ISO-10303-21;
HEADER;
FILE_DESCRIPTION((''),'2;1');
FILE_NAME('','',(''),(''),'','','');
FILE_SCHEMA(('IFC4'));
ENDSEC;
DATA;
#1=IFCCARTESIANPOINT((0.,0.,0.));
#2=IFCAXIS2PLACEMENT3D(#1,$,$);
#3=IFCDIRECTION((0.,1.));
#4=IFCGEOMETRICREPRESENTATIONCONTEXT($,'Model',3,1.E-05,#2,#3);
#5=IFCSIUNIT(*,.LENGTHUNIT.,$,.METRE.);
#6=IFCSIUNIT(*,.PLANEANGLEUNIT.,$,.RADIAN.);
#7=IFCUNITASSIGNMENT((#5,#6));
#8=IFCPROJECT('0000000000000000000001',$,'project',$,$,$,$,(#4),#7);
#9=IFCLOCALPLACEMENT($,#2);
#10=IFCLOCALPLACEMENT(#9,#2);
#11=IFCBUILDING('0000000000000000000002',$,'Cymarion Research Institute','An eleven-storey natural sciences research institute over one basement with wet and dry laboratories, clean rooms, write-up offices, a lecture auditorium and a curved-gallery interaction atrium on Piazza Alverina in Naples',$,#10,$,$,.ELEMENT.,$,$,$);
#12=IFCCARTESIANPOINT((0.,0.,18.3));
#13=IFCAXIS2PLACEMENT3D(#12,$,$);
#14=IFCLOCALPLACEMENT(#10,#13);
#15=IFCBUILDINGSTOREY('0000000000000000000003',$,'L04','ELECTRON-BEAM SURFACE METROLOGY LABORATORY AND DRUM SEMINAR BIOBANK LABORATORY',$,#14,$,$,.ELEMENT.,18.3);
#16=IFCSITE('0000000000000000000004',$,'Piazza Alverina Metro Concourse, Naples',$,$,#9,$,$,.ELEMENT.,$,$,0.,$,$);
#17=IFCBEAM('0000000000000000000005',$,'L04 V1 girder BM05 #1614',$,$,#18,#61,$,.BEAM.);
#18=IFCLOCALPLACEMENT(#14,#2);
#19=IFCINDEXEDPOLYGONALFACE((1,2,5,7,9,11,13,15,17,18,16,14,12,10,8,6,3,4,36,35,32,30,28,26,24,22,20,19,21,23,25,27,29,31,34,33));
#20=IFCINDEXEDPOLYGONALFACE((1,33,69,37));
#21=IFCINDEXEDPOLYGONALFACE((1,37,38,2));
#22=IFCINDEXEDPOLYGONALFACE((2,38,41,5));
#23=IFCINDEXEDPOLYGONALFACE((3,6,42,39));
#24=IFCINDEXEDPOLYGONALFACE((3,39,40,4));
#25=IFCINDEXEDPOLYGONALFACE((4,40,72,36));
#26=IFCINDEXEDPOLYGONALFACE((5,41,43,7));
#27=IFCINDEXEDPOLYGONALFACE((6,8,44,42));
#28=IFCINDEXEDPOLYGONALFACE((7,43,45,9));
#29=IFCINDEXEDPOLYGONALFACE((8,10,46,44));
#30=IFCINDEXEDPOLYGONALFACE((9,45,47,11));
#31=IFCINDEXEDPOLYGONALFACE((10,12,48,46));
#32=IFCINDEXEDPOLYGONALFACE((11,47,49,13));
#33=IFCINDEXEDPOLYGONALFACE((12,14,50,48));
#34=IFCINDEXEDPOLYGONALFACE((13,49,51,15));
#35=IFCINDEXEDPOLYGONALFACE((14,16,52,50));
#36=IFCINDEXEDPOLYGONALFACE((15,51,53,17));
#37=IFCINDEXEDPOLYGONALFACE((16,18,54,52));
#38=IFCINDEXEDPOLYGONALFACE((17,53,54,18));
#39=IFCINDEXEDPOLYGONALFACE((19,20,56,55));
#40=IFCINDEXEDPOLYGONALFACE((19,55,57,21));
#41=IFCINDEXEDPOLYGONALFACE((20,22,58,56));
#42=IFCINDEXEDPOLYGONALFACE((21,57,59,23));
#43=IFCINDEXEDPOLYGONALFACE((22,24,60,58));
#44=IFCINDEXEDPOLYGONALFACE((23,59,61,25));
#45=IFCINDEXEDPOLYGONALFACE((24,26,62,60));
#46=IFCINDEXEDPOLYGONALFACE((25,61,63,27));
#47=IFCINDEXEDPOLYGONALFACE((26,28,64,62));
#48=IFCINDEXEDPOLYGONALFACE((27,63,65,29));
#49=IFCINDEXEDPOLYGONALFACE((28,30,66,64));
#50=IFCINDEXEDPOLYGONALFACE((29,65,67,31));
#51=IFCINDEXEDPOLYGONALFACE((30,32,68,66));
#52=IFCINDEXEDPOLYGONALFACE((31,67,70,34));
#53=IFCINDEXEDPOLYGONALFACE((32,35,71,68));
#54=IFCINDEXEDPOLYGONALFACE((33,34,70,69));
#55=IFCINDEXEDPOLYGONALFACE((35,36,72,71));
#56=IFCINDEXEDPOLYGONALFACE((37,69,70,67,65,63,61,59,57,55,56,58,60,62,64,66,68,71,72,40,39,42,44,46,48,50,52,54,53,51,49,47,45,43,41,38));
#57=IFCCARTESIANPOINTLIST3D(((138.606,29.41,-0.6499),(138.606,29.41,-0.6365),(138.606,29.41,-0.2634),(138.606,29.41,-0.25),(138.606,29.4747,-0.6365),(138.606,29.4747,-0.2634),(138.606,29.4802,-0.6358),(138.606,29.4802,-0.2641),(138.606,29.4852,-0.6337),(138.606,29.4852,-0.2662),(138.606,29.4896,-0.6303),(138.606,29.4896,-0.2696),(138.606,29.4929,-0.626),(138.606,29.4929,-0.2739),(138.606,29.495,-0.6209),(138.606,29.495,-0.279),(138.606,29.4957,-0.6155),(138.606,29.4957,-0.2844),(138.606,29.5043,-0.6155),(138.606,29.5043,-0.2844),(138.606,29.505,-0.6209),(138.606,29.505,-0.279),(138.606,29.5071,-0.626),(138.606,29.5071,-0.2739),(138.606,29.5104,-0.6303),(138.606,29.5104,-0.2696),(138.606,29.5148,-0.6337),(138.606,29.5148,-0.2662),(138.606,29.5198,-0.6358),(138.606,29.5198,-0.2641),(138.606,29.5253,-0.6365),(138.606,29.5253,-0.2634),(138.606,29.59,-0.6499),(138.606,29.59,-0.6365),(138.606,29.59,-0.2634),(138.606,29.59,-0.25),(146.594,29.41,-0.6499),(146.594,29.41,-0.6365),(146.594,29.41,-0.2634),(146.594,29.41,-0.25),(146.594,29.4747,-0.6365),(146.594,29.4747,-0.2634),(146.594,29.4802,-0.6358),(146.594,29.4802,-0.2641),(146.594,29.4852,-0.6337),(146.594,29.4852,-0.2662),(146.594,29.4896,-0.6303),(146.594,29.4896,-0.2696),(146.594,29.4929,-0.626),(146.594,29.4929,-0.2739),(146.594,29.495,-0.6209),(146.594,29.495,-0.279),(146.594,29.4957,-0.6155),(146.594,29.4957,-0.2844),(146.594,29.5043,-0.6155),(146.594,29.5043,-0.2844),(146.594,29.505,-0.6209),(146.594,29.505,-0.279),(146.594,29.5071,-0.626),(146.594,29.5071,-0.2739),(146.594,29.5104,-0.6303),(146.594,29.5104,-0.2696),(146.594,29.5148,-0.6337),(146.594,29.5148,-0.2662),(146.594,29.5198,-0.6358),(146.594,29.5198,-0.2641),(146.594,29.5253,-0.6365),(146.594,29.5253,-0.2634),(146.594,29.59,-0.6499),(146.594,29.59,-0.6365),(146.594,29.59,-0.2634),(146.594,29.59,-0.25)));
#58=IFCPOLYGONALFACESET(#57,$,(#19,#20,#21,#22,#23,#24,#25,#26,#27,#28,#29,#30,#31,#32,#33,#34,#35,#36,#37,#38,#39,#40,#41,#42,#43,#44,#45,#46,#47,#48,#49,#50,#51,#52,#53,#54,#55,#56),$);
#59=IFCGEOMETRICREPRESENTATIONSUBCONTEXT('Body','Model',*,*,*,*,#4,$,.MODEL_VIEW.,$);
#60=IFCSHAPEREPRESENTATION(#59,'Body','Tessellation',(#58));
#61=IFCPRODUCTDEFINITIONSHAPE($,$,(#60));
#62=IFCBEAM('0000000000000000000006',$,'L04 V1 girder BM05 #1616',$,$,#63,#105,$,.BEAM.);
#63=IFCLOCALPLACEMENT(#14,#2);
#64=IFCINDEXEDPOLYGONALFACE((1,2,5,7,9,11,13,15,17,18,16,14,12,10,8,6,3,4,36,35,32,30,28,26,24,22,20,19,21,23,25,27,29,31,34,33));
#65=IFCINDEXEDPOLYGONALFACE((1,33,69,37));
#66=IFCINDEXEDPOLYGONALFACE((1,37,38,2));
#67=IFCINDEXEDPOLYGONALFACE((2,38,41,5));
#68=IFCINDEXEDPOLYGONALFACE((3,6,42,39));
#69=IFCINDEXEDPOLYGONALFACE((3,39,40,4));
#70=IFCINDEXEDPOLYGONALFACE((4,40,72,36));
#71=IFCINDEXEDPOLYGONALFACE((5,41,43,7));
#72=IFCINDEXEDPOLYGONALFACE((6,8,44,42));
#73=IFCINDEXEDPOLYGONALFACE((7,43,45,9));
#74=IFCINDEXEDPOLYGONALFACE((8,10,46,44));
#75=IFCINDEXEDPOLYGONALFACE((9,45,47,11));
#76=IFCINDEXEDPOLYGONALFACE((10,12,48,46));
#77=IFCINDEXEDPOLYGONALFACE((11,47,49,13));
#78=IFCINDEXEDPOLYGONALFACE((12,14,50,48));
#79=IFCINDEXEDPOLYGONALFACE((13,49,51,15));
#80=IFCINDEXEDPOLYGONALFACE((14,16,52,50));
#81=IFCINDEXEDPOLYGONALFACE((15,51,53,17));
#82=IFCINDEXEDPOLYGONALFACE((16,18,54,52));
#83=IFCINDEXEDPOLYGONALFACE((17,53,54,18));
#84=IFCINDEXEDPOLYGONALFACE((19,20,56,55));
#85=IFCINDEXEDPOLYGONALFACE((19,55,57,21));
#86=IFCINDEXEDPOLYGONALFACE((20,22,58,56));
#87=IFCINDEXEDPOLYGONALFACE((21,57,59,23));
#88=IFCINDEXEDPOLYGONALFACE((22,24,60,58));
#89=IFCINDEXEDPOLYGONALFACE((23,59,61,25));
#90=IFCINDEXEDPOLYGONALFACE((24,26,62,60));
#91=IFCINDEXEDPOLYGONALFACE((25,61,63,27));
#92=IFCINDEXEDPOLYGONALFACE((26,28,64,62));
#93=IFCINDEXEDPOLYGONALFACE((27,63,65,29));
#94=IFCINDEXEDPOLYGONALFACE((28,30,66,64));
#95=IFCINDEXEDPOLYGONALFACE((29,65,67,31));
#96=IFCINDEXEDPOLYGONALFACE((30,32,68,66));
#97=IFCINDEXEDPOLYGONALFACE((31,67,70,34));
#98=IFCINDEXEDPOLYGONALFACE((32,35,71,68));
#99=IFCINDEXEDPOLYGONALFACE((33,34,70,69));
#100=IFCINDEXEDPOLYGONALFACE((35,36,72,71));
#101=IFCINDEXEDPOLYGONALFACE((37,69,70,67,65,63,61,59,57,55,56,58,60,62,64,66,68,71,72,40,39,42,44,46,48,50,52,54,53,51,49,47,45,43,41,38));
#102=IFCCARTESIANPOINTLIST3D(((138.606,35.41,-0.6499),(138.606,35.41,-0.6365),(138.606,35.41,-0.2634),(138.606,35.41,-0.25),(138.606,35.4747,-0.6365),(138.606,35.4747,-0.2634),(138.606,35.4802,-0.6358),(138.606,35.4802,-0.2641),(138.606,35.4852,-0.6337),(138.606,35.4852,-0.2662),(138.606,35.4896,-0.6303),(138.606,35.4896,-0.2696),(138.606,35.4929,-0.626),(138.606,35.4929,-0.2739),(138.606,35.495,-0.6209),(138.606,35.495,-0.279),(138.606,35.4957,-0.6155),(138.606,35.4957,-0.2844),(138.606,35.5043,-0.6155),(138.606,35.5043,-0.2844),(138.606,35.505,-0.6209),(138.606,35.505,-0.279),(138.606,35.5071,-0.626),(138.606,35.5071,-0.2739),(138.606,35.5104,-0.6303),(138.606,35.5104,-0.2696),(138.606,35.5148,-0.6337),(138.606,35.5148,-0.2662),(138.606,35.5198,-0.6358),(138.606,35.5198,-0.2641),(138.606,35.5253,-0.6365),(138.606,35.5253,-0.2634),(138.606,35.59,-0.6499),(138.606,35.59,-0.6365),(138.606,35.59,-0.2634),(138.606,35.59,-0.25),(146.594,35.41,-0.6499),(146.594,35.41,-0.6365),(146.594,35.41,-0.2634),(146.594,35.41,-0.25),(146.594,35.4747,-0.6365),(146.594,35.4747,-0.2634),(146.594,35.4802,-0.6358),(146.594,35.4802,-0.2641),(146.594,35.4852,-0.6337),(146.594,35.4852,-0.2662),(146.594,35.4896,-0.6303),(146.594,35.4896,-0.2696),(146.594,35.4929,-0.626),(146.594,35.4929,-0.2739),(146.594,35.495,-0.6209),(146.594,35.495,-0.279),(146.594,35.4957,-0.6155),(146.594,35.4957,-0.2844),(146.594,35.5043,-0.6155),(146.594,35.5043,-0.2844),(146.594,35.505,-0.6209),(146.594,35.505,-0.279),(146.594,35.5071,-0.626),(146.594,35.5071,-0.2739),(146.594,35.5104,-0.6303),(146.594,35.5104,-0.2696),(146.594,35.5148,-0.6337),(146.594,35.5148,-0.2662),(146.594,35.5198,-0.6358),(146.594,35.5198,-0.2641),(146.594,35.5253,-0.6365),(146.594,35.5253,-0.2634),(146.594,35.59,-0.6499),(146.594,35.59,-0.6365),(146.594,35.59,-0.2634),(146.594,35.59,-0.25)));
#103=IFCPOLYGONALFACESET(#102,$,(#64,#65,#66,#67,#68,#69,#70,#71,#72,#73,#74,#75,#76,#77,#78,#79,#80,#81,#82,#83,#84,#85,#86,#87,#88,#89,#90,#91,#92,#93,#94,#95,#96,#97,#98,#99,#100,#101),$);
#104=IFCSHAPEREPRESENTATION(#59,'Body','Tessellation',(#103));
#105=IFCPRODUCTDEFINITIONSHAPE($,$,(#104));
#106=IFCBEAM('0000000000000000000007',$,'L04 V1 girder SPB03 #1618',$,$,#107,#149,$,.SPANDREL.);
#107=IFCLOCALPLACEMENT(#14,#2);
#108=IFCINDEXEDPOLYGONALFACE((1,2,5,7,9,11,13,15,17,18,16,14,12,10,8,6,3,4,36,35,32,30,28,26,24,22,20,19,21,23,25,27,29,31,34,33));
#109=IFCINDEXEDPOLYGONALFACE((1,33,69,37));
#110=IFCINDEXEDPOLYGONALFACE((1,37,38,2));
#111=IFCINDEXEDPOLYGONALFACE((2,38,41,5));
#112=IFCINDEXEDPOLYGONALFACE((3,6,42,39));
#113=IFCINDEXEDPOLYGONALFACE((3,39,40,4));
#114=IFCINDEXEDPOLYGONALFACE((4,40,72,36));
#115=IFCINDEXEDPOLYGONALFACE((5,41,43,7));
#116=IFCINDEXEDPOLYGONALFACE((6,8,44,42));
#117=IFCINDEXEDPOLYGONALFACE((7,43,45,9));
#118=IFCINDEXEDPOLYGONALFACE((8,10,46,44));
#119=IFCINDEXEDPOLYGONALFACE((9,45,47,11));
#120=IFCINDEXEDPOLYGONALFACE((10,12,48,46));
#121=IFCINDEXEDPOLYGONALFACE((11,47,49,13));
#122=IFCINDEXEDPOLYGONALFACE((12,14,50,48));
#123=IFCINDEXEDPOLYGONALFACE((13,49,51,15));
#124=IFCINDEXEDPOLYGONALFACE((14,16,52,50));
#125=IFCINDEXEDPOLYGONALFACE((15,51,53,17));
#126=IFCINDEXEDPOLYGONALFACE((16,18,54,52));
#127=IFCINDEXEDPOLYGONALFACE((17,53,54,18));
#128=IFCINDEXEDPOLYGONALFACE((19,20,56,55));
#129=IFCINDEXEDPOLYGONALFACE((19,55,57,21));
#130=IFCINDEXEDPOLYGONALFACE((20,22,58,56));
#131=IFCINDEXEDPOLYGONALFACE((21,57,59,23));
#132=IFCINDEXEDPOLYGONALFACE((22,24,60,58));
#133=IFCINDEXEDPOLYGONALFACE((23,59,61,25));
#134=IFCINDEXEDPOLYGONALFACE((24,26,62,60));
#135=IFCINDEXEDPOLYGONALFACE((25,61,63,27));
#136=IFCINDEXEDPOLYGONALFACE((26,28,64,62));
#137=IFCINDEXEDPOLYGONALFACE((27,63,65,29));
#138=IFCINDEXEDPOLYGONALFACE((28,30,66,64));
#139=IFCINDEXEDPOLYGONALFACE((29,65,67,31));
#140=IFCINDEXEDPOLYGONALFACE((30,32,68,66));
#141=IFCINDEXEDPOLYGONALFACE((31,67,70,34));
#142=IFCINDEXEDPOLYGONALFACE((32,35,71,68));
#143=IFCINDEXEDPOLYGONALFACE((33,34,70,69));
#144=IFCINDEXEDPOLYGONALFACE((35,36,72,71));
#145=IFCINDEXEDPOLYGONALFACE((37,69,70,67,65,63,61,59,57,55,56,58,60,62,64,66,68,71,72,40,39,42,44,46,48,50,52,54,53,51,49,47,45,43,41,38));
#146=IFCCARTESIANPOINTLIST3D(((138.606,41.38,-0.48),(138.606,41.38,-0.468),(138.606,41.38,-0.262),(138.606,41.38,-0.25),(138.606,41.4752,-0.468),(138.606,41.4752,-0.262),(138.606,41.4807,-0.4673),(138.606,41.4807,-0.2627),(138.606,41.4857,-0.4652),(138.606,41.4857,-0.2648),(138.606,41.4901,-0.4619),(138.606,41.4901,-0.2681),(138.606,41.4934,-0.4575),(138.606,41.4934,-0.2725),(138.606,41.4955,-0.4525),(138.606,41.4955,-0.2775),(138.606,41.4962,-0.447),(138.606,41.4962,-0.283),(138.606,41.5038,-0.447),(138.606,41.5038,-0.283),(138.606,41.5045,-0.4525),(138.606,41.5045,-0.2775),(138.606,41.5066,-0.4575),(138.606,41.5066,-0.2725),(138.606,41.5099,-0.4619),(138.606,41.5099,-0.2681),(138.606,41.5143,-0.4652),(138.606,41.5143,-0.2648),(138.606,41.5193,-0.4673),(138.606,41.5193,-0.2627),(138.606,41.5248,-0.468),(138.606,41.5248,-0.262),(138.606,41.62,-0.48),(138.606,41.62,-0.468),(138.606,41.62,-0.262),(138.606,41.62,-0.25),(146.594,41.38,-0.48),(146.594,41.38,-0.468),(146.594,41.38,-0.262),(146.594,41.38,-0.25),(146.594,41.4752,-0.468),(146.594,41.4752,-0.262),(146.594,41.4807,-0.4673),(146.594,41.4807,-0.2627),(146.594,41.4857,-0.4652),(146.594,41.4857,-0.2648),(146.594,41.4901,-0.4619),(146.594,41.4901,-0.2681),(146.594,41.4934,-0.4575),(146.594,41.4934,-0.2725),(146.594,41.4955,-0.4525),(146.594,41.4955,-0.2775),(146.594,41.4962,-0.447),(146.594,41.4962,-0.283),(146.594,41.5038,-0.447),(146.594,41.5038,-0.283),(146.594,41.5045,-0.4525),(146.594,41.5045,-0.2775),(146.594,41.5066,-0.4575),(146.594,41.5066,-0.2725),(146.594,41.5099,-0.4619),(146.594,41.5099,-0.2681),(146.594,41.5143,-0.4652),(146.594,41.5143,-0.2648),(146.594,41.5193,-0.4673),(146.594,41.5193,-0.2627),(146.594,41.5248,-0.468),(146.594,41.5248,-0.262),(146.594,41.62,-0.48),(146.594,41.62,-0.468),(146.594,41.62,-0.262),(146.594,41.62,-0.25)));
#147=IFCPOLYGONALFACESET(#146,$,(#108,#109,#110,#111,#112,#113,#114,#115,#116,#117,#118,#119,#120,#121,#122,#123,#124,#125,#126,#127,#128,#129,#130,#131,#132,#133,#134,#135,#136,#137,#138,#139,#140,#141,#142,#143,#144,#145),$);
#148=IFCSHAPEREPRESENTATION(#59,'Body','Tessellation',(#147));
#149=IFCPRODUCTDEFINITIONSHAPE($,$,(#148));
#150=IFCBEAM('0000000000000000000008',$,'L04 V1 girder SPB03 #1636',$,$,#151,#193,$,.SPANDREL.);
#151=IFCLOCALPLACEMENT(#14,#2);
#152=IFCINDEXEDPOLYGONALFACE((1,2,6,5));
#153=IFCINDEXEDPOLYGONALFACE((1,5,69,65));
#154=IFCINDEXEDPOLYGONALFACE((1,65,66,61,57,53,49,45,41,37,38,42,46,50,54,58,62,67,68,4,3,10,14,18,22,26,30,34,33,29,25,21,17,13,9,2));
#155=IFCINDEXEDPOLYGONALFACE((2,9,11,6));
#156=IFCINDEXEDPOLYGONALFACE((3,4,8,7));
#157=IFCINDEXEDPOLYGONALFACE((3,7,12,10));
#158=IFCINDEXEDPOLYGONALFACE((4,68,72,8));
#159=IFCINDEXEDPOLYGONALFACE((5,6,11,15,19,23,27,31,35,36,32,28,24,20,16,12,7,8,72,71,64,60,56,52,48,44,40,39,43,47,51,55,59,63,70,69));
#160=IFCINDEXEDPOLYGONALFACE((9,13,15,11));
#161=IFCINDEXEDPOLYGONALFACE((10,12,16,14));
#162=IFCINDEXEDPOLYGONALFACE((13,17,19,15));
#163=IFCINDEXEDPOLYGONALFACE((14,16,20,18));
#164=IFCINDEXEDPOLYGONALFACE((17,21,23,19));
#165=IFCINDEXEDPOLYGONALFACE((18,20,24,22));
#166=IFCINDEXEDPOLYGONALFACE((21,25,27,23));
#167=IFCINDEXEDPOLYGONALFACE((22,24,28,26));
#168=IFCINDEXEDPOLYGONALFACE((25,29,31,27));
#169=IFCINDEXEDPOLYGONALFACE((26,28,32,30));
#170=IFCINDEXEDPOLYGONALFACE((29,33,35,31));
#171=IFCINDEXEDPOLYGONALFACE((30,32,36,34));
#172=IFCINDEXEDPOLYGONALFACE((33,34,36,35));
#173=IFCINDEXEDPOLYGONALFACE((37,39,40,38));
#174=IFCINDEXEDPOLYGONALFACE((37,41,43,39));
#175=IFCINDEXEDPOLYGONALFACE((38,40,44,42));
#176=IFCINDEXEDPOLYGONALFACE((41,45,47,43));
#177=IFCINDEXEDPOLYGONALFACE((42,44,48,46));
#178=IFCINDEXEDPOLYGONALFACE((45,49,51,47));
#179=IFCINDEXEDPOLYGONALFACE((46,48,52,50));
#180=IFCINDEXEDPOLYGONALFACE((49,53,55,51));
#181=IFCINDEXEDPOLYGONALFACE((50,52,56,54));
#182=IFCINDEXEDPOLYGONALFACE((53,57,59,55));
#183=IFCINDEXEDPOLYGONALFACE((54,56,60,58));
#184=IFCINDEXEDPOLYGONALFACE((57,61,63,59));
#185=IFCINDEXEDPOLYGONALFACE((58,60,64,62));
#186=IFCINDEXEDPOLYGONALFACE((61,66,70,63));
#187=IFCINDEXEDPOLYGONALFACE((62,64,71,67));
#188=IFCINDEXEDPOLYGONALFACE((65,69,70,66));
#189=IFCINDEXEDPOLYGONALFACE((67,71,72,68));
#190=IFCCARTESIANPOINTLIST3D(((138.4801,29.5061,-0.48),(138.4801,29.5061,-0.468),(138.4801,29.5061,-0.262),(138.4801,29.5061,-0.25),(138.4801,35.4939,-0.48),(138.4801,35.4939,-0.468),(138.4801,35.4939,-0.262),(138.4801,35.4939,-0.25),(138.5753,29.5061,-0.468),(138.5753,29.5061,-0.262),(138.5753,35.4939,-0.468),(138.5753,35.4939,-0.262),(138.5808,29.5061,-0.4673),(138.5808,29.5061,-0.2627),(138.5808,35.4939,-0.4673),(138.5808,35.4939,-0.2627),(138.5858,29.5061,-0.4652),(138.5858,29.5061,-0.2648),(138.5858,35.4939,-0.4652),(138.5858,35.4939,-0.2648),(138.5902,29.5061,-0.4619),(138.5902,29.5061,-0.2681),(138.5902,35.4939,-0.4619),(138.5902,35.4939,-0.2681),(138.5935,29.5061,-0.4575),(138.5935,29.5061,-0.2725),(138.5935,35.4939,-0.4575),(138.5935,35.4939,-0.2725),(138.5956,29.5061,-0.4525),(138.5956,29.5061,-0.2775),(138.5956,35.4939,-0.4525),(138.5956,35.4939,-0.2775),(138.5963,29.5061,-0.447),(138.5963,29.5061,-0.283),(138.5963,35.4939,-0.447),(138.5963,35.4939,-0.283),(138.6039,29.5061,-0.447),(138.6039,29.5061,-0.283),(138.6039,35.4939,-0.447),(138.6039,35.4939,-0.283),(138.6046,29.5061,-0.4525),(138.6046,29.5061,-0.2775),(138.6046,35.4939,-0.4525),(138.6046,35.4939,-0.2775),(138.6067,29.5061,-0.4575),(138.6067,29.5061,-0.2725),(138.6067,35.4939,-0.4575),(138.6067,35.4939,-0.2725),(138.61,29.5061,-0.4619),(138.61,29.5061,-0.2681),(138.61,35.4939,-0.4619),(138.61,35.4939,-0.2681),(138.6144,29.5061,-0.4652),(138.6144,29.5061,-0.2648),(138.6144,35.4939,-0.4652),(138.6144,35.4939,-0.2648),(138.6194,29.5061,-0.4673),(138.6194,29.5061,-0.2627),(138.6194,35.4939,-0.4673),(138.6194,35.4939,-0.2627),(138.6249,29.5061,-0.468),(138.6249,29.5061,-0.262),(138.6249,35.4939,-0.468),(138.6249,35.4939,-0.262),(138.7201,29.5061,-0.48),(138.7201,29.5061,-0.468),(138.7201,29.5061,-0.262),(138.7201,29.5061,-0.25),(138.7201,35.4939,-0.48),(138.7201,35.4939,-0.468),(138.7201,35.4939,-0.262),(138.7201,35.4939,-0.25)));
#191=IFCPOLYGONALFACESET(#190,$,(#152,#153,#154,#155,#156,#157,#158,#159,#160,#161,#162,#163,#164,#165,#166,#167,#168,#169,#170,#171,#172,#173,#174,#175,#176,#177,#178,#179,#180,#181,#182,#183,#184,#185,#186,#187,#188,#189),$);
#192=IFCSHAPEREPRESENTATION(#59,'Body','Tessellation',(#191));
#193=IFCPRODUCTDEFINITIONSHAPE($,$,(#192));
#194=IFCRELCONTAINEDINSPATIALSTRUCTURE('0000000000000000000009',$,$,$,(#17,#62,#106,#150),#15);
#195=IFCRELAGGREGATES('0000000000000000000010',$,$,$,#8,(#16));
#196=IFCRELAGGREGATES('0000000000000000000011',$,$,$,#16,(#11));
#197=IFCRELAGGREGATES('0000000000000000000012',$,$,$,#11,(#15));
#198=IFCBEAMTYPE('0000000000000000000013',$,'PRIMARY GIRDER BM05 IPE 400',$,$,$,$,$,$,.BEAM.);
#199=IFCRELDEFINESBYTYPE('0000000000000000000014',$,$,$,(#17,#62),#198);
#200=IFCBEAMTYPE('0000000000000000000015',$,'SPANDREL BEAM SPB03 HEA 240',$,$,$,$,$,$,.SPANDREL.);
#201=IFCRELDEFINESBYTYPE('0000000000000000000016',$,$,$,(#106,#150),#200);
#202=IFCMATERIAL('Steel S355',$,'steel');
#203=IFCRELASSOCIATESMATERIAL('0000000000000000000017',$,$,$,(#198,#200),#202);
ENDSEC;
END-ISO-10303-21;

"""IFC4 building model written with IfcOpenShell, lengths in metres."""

from ifc_helpers import new_model, si_unit, direction, frame, origin, origin_2d, place, context, subcontext, project, spatial, i_section, extrude, material, material_profile, profile_set, type_object, element, save


model = new_model("IFC4")

# Units and contexts
model_context = context("Model", 3, precision=1e-05, world=origin(), true_north=direction((0.0, 1.0)))
body_context = subcontext(model_context, "Body", "Model", "MODEL_VIEW")
ifc_project = project(units=[si_unit("LENGTHUNIT", "METRE"), si_unit("PLANEANGLEUNIT", "RADIAN")], contexts=[model_context])

# Site, building, storey
site_placement = place(None, origin())
site = spatial("IfcSite", under=ifc_project, at=site_placement, Name="Piazza Alverina Metro Concourse, Naples", CompositionType="ELEMENT", RefElevation=0.0)
building_placement = place(site_placement, origin())
building = spatial("IfcBuilding", under=site, at=building_placement, Name="Cymarion Research Institute", Description="An eleven-storey natural sciences research institute over one basement with wet and dry laboratories, clean rooms, write-up offices, a lecture auditorium and a curved-gallery interaction atrium on Piazza Alverina in Naples", CompositionType="ELEMENT")
storey_placement = place(building_placement, frame((0.0, 0.0, 18.3)))
storey = spatial("IfcBuildingStorey", under=building, at=storey_placement, Name="L04", Description="ELECTRON-BEAM SURFACE METROLOGY LABORATORY AND DRUM SEMINAR BIOBANK LABORATORY", CompositionType="ELEMENT", Elevation=18.3)

# Shared definitions
ifc_material = material(Name="Steel S355", Category="steel")

# Beams
ifc_material_profile_1 = material_profile(ifc_material, i_section(OverallWidth=0.1799, OverallDepth=0.3999, WebThickness=0.0085, FlangeThickness=0.0134, FilletRadius=0.021, at=origin_2d()), Name="IPE 400")
ifc_profile_set_1 = profile_set([ifc_material_profile_1], Name="Steel S355")
beam_type_1 = type_object("IfcBeamType", Name="PRIMARY GIRDER BM05 IPE 400", PredefinedType="BEAM", material=ifc_profile_set_1)
for number, where, z_axis, x_axis, name in (
    (1, (138.606, 29.5, -0.45), (1.0, 0.0, 0.0), (0.0, 1.0, 0.0), "L04 V1 girder BM05 #1614"),
    (2, (138.606, 35.5, -0.45), (1.0, 0.0, 0.0), (0.0, 1.0, 0.0), "L04 V1 girder BM05 #1616"),
):
    element("IfcBeam", number, at=place(storey_placement, frame(where, z_axis=z_axis, x_axis=x_axis)), inside=storey, type_object=beam_type_1, Name=name, PredefinedType="BEAM", context=body_context, shape_type="SweptSolid", body=[
        extrude(i_section(OverallWidth=0.1799, OverallDepth=0.3999, WebThickness=0.0085, FlangeThickness=0.0134, FilletRadius=0.021, at=origin_2d()), origin(), (0.0, 0.0, 1.0), 7.988),
    ])
ifc_material_profile_2 = material_profile(ifc_material, i_section(OverallWidth=0.24, OverallDepth=0.23, WebThickness=0.0076, FlangeThickness=0.012, FilletRadius=0.021, at=origin_2d()), Name="HEA 240")
ifc_profile_set_2 = profile_set([ifc_material_profile_2], Name="Steel S355")
beam_type_2 = type_object("IfcBeamType", Name="SPANDREL BEAM SPB03 HEA 240", PredefinedType="SPANDREL", material=ifc_profile_set_2)
beam_placement = place(storey_placement, frame((138.606, 41.5, -0.365), z_axis=(1.0, 0.0, 0.0), x_axis=(0.0, 1.0, 0.0)))
element("IfcBeam", 3, at=beam_placement, inside=storey, type_object=beam_type_2, Name="L04 V1 girder SPB03 #1618", PredefinedType="SPANDREL", context=body_context, shape_type="SweptSolid", body=[
    extrude(i_section(OverallWidth=0.24, OverallDepth=0.23, WebThickness=0.0076, FlangeThickness=0.012, FilletRadius=0.021, at=origin_2d()), origin(), (0.0, 0.0, 1.0), 7.988),
])
for number, where, z_axis, x_axis, name in (
    (4, (138.6001, 29.5061, -0.365), (0.0, 1.0, 0.0), (-1.0, 0.0, 0.0), "L04 V1 girder SPB03 #1636"),
):
    element("IfcBeam", number, at=place(storey_placement, frame(where, z_axis=z_axis, x_axis=x_axis)), inside=storey, type_object=beam_type_2, Name=name, PredefinedType="SPANDREL", context=body_context, shape_type="SweptSolid", body=[
        extrude(i_section(OverallWidth=0.24, OverallDepth=0.23, WebThickness=0.0076, FlangeThickness=0.012, FilletRadius=0.021, at=origin_2d()), origin(), (0.0, 0.0, 1.0), 5.9878),
    ])

save(model, "model.ifc")
